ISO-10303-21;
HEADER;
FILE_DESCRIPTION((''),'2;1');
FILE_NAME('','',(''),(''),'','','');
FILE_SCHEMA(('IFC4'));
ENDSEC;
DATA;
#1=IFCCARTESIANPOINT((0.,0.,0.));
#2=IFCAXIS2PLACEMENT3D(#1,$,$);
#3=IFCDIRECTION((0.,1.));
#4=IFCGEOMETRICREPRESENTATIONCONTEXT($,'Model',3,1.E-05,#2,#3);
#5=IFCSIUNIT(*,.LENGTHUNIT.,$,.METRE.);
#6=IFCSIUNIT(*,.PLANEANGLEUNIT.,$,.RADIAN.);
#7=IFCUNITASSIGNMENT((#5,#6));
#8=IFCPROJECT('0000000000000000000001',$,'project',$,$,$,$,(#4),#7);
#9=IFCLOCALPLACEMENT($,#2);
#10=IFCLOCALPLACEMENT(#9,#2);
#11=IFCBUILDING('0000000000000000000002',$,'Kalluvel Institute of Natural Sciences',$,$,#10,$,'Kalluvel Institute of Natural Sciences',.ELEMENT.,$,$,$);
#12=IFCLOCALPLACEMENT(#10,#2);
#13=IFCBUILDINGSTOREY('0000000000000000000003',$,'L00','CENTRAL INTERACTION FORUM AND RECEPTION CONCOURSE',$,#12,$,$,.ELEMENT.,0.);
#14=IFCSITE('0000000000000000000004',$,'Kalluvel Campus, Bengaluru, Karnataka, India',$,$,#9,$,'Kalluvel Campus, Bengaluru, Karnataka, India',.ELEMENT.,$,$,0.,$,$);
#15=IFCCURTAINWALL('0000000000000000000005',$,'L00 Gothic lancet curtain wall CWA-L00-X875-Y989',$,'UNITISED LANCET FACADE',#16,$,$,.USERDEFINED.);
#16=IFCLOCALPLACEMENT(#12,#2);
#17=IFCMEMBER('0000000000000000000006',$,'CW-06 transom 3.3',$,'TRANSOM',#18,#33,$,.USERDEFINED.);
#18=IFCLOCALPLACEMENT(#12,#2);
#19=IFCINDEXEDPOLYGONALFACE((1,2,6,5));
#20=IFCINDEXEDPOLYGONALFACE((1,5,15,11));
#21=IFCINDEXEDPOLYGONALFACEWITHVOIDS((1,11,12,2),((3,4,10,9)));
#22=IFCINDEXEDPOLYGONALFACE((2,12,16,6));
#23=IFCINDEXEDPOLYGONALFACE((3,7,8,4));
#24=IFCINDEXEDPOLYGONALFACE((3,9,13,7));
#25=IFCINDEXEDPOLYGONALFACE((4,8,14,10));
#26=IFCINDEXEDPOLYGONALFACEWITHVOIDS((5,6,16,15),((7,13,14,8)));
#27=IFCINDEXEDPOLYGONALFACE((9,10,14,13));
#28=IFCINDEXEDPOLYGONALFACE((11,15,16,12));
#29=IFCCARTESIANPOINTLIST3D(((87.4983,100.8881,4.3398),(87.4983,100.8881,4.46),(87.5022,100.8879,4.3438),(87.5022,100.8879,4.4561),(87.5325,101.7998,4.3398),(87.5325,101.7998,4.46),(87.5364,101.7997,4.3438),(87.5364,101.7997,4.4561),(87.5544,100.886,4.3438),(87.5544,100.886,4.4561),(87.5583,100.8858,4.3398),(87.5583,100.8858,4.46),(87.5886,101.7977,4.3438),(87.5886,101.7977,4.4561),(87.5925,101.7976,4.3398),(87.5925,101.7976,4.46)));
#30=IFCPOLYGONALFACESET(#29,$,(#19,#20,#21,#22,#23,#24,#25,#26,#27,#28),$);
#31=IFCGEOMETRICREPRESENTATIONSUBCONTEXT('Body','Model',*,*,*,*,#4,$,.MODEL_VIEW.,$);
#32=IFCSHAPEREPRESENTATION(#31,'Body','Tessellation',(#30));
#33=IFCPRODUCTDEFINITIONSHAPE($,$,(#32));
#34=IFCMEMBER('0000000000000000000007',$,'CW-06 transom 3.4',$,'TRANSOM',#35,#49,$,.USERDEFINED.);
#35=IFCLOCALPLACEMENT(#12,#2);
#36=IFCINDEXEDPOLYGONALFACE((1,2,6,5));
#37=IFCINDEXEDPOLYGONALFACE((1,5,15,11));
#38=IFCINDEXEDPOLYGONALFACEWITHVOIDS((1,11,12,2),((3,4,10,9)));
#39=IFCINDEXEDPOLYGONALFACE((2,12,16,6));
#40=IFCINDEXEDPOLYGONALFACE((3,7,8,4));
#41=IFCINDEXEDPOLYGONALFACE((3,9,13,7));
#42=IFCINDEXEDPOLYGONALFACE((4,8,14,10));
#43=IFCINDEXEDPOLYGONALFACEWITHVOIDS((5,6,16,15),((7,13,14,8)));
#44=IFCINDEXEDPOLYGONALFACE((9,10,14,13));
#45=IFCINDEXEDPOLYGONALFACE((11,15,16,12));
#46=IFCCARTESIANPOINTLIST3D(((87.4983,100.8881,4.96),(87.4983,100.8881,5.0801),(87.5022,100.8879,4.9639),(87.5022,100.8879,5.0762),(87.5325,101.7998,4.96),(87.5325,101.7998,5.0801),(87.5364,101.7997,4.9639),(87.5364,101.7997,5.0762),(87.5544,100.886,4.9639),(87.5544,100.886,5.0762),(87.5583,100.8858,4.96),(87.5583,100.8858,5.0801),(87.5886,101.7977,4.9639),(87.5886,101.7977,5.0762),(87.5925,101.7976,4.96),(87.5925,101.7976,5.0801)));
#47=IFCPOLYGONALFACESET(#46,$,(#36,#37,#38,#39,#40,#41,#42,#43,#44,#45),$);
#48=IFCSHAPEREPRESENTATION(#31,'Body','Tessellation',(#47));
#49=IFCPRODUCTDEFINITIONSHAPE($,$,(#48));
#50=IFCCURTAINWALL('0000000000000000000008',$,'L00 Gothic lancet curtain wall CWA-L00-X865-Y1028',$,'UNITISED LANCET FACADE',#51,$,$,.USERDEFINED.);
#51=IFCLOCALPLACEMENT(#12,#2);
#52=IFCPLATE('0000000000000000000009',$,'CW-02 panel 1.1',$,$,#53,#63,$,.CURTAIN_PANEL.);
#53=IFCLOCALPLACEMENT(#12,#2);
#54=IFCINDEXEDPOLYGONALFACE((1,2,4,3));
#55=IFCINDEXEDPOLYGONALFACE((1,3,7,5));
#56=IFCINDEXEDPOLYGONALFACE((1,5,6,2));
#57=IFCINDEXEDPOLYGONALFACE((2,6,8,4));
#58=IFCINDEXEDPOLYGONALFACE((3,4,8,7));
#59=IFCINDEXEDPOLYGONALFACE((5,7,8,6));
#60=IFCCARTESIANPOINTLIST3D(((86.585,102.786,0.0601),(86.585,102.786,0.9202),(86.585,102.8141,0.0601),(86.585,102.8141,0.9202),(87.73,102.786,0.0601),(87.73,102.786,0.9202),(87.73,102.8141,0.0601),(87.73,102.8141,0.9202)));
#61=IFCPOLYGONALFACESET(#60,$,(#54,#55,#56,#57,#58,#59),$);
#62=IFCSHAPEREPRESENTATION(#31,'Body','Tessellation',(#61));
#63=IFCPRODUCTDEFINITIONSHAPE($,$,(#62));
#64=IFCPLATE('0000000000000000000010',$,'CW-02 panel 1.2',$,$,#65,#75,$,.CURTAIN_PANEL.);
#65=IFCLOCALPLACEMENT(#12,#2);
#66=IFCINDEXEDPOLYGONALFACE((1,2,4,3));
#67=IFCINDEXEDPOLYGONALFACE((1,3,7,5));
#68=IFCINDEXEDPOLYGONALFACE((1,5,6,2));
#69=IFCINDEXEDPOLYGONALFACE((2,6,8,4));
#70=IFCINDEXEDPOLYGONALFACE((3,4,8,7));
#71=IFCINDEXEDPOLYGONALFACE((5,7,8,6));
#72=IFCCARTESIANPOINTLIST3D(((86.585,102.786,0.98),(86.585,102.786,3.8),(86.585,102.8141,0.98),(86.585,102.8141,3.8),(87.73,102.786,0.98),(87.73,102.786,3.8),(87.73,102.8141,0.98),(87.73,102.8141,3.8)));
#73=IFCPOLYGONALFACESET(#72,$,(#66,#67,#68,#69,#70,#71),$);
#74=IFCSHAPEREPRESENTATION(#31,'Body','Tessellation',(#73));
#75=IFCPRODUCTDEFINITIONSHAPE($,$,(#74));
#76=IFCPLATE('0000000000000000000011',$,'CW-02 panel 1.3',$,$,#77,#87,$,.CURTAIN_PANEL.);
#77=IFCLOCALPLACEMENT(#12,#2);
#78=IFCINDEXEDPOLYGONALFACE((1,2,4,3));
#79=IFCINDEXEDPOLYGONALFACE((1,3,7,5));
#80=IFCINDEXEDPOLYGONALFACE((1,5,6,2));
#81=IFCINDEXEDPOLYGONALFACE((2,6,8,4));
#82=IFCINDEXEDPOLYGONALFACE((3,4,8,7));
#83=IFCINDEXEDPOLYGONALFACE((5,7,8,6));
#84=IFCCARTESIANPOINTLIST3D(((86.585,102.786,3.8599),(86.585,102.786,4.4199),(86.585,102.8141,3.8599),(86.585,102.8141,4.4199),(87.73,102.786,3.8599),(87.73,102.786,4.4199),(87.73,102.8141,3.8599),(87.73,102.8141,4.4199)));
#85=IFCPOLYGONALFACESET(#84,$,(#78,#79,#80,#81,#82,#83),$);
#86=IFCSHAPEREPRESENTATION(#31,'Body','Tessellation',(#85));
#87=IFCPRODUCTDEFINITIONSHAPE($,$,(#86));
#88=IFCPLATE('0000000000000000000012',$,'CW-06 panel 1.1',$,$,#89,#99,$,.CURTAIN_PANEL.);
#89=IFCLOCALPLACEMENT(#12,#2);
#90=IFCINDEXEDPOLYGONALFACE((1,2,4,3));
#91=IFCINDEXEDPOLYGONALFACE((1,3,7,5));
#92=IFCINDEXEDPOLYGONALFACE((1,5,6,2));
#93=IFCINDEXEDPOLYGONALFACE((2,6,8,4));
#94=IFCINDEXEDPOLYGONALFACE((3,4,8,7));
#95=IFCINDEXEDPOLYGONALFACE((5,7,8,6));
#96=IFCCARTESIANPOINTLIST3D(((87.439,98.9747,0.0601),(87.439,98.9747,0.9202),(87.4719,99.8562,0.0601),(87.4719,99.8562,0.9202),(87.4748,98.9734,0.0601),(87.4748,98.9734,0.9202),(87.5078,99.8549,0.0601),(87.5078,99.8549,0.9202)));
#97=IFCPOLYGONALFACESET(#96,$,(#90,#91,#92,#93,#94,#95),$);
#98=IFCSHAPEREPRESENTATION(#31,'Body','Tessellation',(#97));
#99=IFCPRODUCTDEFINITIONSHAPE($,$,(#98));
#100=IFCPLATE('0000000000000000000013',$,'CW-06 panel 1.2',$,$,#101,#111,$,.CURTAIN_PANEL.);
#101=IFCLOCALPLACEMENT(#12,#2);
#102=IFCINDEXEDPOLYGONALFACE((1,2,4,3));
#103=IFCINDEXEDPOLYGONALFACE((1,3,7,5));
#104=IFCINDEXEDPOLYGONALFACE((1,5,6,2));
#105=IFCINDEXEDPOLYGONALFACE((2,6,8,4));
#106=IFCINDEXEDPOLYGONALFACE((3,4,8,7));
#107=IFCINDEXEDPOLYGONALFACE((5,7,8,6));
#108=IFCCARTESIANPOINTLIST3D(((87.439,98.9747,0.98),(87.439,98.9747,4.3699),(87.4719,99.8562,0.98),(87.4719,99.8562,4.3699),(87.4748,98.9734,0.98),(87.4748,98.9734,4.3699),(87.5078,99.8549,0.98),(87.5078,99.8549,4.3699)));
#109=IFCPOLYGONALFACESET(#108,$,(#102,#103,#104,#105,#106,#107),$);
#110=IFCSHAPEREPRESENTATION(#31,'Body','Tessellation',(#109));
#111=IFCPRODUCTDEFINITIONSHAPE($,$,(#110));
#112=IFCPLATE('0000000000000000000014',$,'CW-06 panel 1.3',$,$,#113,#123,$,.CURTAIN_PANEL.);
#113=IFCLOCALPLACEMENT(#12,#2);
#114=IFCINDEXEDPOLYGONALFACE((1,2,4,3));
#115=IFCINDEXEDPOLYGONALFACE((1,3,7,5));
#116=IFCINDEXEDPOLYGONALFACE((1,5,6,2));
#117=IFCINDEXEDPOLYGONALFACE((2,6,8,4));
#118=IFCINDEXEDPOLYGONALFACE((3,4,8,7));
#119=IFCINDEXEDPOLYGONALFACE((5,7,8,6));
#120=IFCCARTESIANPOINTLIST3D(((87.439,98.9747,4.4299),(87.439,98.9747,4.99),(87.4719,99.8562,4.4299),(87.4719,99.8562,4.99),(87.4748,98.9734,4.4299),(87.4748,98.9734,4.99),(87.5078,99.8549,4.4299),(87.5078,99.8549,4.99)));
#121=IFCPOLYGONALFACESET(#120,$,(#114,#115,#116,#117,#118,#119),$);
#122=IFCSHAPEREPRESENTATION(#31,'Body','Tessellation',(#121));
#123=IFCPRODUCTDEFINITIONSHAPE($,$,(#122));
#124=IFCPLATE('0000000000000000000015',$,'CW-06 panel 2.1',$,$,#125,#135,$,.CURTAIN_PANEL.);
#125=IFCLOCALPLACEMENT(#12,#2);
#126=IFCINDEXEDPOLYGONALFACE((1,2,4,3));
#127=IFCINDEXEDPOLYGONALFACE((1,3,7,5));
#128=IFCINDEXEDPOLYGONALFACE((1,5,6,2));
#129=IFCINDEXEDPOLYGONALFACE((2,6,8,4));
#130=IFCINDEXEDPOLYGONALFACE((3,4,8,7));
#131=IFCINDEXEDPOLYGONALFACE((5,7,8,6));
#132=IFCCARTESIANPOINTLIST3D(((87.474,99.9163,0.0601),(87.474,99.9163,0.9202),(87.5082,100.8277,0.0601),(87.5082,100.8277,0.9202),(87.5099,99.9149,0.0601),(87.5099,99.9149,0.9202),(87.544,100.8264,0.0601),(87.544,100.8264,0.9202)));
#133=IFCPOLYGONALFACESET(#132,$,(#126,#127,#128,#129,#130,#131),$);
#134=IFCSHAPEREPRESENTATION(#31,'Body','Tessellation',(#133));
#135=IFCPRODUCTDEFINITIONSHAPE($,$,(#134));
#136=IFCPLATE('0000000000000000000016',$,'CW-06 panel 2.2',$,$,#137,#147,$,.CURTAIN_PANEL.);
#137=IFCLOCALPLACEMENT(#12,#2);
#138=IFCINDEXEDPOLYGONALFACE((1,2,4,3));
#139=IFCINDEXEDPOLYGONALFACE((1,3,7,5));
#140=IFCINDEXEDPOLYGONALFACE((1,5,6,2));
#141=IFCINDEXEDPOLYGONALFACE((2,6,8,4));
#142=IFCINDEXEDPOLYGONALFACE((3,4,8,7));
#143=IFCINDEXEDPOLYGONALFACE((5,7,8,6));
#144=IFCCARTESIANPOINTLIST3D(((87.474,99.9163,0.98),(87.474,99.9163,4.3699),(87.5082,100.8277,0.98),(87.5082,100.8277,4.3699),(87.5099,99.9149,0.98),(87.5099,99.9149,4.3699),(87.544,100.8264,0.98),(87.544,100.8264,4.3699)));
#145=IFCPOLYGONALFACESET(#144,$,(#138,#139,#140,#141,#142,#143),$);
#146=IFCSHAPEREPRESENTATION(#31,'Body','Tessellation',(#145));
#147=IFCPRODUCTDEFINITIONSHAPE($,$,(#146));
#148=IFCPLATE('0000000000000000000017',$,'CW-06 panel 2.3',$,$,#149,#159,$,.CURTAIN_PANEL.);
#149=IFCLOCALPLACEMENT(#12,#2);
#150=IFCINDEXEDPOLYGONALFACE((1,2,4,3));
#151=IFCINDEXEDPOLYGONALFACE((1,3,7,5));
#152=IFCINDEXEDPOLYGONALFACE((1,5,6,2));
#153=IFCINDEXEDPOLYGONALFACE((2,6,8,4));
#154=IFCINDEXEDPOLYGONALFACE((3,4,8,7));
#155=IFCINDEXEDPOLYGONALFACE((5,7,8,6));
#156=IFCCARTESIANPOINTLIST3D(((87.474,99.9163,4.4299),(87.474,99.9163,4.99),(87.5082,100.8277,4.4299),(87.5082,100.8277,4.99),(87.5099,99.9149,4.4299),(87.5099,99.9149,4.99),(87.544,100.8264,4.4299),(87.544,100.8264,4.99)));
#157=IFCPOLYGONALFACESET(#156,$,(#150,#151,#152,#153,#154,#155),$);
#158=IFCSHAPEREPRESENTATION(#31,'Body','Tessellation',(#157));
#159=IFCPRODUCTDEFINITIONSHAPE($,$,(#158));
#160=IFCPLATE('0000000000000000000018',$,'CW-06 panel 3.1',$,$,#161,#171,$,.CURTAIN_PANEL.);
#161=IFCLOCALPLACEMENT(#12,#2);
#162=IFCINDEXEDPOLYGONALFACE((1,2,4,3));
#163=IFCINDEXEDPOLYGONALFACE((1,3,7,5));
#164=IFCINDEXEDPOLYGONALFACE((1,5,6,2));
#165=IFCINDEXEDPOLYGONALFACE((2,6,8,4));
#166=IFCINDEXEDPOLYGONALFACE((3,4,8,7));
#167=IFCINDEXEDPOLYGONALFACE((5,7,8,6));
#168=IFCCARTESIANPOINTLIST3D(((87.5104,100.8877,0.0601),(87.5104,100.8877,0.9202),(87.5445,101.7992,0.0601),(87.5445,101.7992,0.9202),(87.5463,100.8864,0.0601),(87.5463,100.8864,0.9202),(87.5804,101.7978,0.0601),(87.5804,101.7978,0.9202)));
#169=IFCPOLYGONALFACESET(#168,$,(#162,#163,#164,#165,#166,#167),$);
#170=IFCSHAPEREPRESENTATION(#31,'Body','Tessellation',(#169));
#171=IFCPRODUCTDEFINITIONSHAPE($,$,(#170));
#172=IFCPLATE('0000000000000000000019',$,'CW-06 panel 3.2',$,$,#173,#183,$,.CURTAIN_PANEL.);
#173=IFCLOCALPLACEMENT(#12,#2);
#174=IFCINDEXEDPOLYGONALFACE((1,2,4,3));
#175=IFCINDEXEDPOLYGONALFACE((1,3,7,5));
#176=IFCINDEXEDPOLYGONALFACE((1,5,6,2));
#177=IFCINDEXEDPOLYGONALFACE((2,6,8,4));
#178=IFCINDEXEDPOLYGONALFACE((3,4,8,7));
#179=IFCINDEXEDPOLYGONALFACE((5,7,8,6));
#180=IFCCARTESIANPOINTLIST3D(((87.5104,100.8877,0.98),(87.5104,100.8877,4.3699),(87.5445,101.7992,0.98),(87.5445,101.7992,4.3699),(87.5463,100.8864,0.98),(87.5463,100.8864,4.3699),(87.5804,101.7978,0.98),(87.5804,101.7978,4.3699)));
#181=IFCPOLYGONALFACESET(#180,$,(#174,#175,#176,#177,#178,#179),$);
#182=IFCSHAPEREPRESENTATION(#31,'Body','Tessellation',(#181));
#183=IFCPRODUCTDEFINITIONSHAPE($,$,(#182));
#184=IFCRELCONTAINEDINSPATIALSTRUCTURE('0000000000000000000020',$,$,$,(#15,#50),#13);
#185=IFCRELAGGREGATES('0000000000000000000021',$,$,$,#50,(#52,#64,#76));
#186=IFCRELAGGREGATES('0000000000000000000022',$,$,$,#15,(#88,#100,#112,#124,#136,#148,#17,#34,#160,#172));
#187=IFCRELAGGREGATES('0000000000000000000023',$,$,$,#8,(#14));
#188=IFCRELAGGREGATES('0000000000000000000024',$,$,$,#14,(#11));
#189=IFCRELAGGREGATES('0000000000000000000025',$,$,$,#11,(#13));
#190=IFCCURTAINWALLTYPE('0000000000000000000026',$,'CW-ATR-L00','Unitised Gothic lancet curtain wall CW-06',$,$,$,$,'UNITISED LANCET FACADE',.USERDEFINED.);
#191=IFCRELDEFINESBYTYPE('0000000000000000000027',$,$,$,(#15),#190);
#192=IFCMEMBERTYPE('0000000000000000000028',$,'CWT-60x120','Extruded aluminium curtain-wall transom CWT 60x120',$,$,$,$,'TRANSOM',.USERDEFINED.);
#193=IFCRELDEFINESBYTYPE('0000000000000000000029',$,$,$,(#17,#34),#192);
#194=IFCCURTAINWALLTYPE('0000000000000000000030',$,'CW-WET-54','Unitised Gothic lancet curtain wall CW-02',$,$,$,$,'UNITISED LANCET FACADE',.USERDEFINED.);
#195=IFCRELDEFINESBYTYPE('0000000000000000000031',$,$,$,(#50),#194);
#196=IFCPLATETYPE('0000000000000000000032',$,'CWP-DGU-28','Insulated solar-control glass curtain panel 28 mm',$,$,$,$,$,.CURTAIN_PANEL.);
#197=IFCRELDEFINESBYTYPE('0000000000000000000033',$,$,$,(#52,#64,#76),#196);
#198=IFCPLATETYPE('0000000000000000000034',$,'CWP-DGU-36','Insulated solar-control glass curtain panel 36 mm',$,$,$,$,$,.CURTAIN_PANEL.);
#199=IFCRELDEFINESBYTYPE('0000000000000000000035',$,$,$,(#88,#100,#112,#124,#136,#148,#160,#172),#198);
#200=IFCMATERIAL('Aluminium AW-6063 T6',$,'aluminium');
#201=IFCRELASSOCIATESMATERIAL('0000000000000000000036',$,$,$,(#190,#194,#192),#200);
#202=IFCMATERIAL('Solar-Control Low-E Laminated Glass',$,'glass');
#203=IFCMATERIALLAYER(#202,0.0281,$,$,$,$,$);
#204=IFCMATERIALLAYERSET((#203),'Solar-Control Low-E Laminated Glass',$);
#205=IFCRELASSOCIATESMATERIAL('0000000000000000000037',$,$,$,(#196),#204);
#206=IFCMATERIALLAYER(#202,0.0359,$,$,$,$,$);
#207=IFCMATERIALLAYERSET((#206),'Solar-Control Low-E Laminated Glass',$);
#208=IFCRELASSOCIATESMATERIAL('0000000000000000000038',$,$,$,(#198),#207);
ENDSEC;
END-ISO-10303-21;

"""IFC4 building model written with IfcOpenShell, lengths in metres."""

from ifc_helpers import new_model, si_unit, direction, frame, origin, origin_2d, place, context, subcontext, project, spatial, rectangle, hollow_rectangle, extrude, material, layer, layer_set, material_profile, profile_set, type_object, element, aggregate, save


model = new_model("IFC4")

# Units and contexts
model_context = context("Model", 3, precision=1e-05, world=origin(), true_north=direction((0.0, 1.0)))
body_context = subcontext(model_context, "Body", "Model", "MODEL_VIEW")
ifc_project = project(units=[si_unit("LENGTHUNIT", "METRE"), si_unit("PLANEANGLEUNIT", "RADIAN")], contexts=[model_context])

# Site, building, storey
site_placement = place(None, origin())
site = spatial("IfcSite", under=ifc_project, at=site_placement, Name="Kalluvel Campus, Bengaluru, Karnataka, India", LongName="Kalluvel Campus, Bengaluru, Karnataka, India", CompositionType="ELEMENT", RefElevation=0.0)
building_placement = place(site_placement, origin())
building = spatial("IfcBuilding", under=site, at=building_placement, Name="Kalluvel Institute of Natural Sciences", LongName="Kalluvel Institute of Natural Sciences", CompositionType="ELEMENT")
storey_placement = place(building_placement, origin())
storey = spatial("IfcBuildingStorey", under=building, at=storey_placement, Name="L00", Description="CENTRAL INTERACTION FORUM AND RECEPTION CONCOURSE", CompositionType="ELEMENT", Elevation=0.0)

# Curtain wall, members
ifc_material_1 = material(Name="Aluminium AW-6063 T6", Category="aluminium")
curtain_wall_type_1 = type_object("IfcCurtainWallType", Name="CW-ATR-L00", Description="Unitised Gothic lancet curtain wall CW-06", ElementType="UNITISED LANCET FACADE", PredefinedType="USERDEFINED", material=ifc_material_1)
curtain_wall_1_placement = place(storey_placement, origin())
curtain_wall_1 = element("IfcCurtainWall", 1, at=curtain_wall_1_placement, inside=storey, type_object=curtain_wall_type_1, Name="L00 Gothic lancet curtain wall CWA-L00-X875-Y989", ObjectType="UNITISED LANCET FACADE", PredefinedType="USERDEFINED")
ifc_material_profile_1 = material_profile(ifc_material_1, hollow_rectangle(XDim=0.0601, YDim=0.1201, WallThickness=0.0039, at=origin_2d()), Name="CWT 60x120")
ifc_profile_set_1 = profile_set([ifc_material_profile_1], Name="Aluminium AW-6063 T6")
member_type_1 = type_object("IfcMemberType", Name="CWT-60x120", Description="Extruded aluminium curtain-wall transom CWT 60x120", ElementType="TRANSOM", PredefinedType="USERDEFINED", material=ifc_profile_set_1)
member_1_placement = place(storey_placement, frame((87.5283, 100.887, 4.3999), z_axis=(0.037467, 0.999298, 0.0), x_axis=(-0.999298, 0.037467, 0.0)))
member_1 = element("IfcMember", 2, at=member_1_placement, type_object=member_type_1, Name="CW-06 transom 3.3", ObjectType="TRANSOM", PredefinedType="USERDEFINED", context=body_context, shape_type="SweptSolid", body=[
    extrude(hollow_rectangle(XDim=0.0601, YDim=0.1201, WallThickness=0.0039, at=origin_2d()), origin(), (0.0, 0.0, 1.0), 0.9124),
])
member_2_placement = place(storey_placement, frame((87.5283, 100.887, 5.02), z_axis=(0.037467, 0.999298, 0.0), x_axis=(-0.999298, 0.037467, 0.0)))
member_2 = element("IfcMember", 3, at=member_2_placement, type_object=member_type_1, Name="CW-06 transom 3.4", ObjectType="TRANSOM", PredefinedType="USERDEFINED", context=body_context, shape_type="SweptSolid", body=[
    extrude(hollow_rectangle(XDim=0.0601, YDim=0.1201, WallThickness=0.0039, at=origin_2d()), origin(), (0.0, 0.0, 1.0), 0.9124),
])

# Curtain wall, plates
curtain_wall_type_2 = type_object("IfcCurtainWallType", Name="CW-WET-54", Description="Unitised Gothic lancet curtain wall CW-02", ElementType="UNITISED LANCET FACADE", PredefinedType="USERDEFINED", material=ifc_material_1)
curtain_wall_2_placement = place(storey_placement, origin())
curtain_wall_2 = element("IfcCurtainWall", 4, at=curtain_wall_2_placement, inside=storey, type_object=curtain_wall_type_2, Name="L00 Gothic lancet curtain wall CWA-L00-X865-Y1028", ObjectType="UNITISED LANCET FACADE", PredefinedType="USERDEFINED")
ifc_material_2 = material(Name="Solar-Control Low-E Laminated Glass", Category="glass")
ifc_layer_1 = layer(ifc_material_2, 0.0281)
ifc_layer_set_1 = layer_set([ifc_layer_1], Name="Solar-Control Low-E Laminated Glass")
plate_type_1 = type_object("IfcPlateType", Name="CWP-DGU-28", Description="Insulated solar-control glass curtain panel 28 mm", PredefinedType="CURTAIN_PANEL", material=ifc_layer_set_1)
plate_1_placement = place(storey_placement, frame((87.1575, 102.8, 0.0601), z_axis=(0.0, 0.0, 1.0), x_axis=(1.0, 0.0, 0.0)))
plate_1 = element("IfcPlate", 5, at=plate_1_placement, type_object=plate_type_1, Name="CW-02 panel 1.1", PredefinedType="CURTAIN_PANEL", context=body_context, shape_type="SweptSolid", body=[
    extrude(rectangle(XDim=1.145, YDim=0.0281, at=origin_2d()), origin(), (0.0, 0.0, 1.0), 0.8601),
])
plate_2_placement = place(storey_placement, frame((87.1575, 102.8, 0.98), z_axis=(0.0, 0.0, 1.0), x_axis=(1.0, 0.0, 0.0)))
plate_2 = element("IfcPlate", 6, at=plate_2_placement, type_object=plate_type_1, Name="CW-02 panel 1.2", PredefinedType="CURTAIN_PANEL", context=body_context, shape_type="SweptSolid", body=[
    extrude(rectangle(XDim=1.145, YDim=0.0281, at=origin_2d()), origin(), (0.0, 0.0, 1.0), 2.8201),
])
plate_3_placement = place(storey_placement, frame((87.1575, 102.8, 3.8599), z_axis=(0.0, 0.0, 1.0), x_axis=(1.0, 0.0, 0.0)))
plate_3 = element("IfcPlate", 7, at=plate_3_placement, type_object=plate_type_1, Name="CW-02 panel 1.3", PredefinedType="CURTAIN_PANEL", context=body_context, shape_type="SweptSolid", body=[
    extrude(rectangle(XDim=1.145, YDim=0.0281, at=origin_2d()), origin(), (0.0, 0.0, 1.0), 0.5601),
])
aggregate(curtain_wall_2, [plate_1, plate_2, plate_3])

# Plates
ifc_layer_2 = layer(ifc_material_2, 0.0359)
ifc_layer_set_2 = layer_set([ifc_layer_2], Name="Solar-Control Low-E Laminated Glass")
plate_type_2 = type_object("IfcPlateType", Name="CWP-DGU-36", Description="Insulated solar-control glass curtain panel 36 mm", PredefinedType="CURTAIN_PANEL", material=ifc_layer_set_2)
plate_4_placement = place(storey_placement, frame((87.4734, 99.4148, 0.0601), z_axis=(0.0, 0.0, 1.0), x_axis=(0.03739, 0.999301, 0.0)))
plate_4 = element("IfcPlate", 8, at=plate_4_placement, type_object=plate_type_2, Name="CW-06 panel 1.1", PredefinedType="CURTAIN_PANEL", context=body_context, shape_type="SweptSolid", body=[
    extrude(rectangle(XDim=0.8821, YDim=0.0359, at=origin_2d()), origin(), (0.0, 0.0, 1.0), 0.8601),
])
plate_5_placement = place(storey_placement, frame((87.4734, 99.4148, 0.98), z_axis=(0.0, 0.0, 1.0), x_axis=(0.03739, 0.999301, 0.0)))
plate_5 = element("IfcPlate", 9, at=plate_5_placement, type_object=plate_type_2, Name="CW-06 panel 1.2", PredefinedType="CURTAIN_PANEL", context=body_context, shape_type="SweptSolid", body=[
    extrude(rectangle(XDim=0.8821, YDim=0.0359, at=origin_2d()), origin(), (0.0, 0.0, 1.0), 3.3899),
])
plate_6_placement = place(storey_placement, frame((87.4734, 99.4148, 4.4299), z_axis=(0.0, 0.0, 1.0), x_axis=(0.03739, 0.999301, 0.0)))
plate_6 = element("IfcPlate", 10, at=plate_6_placement, type_object=plate_type_2, Name="CW-06 panel 1.3", PredefinedType="CURTAIN_PANEL", context=body_context, shape_type="SweptSolid", body=[
    extrude(rectangle(XDim=0.8821, YDim=0.0359, at=origin_2d()), origin(), (0.0, 0.0, 1.0), 0.5601),
])
plate_7_placement = place(storey_placement, frame((87.509, 100.3713, 0.0601), z_axis=(0.0, 0.0, 1.0), x_axis=(0.03739, 0.999301, 0.0)))
plate_7 = element("IfcPlate", 11, at=plate_7_placement, type_object=plate_type_2, Name="CW-06 panel 2.1", PredefinedType="CURTAIN_PANEL", context=body_context, shape_type="SweptSolid", body=[
    extrude(rectangle(XDim=0.9121, YDim=0.0359, at=origin_2d()), origin(), (0.0, 0.0, 1.0), 0.8601),
])
plate_8_placement = place(storey_placement, frame((87.509, 100.3713, 0.98), z_axis=(0.0, 0.0, 1.0), x_axis=(0.03739, 0.999301, 0.0)))
plate_8 = element("IfcPlate", 12, at=plate_8_placement, type_object=plate_type_2, Name="CW-06 panel 2.2", PredefinedType="CURTAIN_PANEL", context=body_context, shape_type="SweptSolid", body=[
    extrude(rectangle(XDim=0.9121, YDim=0.0359, at=origin_2d()), origin(), (0.0, 0.0, 1.0), 3.3899),
])
plate_9_placement = place(storey_placement, frame((87.509, 100.3713, 4.4299), z_axis=(0.0, 0.0, 1.0), x_axis=(0.03739, 0.999301, 0.0)))
plate_9 = element("IfcPlate", 13, at=plate_9_placement, type_object=plate_type_2, Name="CW-06 panel 2.3", PredefinedType="CURTAIN_PANEL", context=body_context, shape_type="SweptSolid", body=[
    extrude(rectangle(XDim=0.9121, YDim=0.0359, at=origin_2d()), origin(), (0.0, 0.0, 1.0), 0.5601),
])
plate_10_placement = place(storey_placement, frame((87.5454, 101.3428, 0.0601), z_axis=(0.0, 0.0, 1.0), x_axis=(0.03739, 0.999301, 0.0)))
plate_10 = element("IfcPlate", 14, at=plate_10_placement, type_object=plate_type_2, Name="CW-06 panel 3.1", PredefinedType="CURTAIN_PANEL", context=body_context, shape_type="SweptSolid", body=[
    extrude(rectangle(XDim=0.9121, YDim=0.0359, at=origin_2d()), origin(), (0.0, 0.0, 1.0), 0.8601),
])
plate_11_placement = place(storey_placement, frame((87.5454, 101.3428, 0.98), z_axis=(0.0, 0.0, 1.0), x_axis=(0.03739, 0.999301, 0.0)))
plate_11 = element("IfcPlate", 15, at=plate_11_placement, type_object=plate_type_2, Name="CW-06 panel 3.2", PredefinedType="CURTAIN_PANEL", context=body_context, shape_type="SweptSolid", body=[
    extrude(rectangle(XDim=0.9121, YDim=0.0359, at=origin_2d()), origin(), (0.0, 0.0, 1.0), 3.3899),
])
aggregate(curtain_wall_1, [plate_4, plate_5, plate_6, plate_7, plate_8, plate_9, member_1, member_2, plate_10, plate_11])

save(model, "model.ifc")
